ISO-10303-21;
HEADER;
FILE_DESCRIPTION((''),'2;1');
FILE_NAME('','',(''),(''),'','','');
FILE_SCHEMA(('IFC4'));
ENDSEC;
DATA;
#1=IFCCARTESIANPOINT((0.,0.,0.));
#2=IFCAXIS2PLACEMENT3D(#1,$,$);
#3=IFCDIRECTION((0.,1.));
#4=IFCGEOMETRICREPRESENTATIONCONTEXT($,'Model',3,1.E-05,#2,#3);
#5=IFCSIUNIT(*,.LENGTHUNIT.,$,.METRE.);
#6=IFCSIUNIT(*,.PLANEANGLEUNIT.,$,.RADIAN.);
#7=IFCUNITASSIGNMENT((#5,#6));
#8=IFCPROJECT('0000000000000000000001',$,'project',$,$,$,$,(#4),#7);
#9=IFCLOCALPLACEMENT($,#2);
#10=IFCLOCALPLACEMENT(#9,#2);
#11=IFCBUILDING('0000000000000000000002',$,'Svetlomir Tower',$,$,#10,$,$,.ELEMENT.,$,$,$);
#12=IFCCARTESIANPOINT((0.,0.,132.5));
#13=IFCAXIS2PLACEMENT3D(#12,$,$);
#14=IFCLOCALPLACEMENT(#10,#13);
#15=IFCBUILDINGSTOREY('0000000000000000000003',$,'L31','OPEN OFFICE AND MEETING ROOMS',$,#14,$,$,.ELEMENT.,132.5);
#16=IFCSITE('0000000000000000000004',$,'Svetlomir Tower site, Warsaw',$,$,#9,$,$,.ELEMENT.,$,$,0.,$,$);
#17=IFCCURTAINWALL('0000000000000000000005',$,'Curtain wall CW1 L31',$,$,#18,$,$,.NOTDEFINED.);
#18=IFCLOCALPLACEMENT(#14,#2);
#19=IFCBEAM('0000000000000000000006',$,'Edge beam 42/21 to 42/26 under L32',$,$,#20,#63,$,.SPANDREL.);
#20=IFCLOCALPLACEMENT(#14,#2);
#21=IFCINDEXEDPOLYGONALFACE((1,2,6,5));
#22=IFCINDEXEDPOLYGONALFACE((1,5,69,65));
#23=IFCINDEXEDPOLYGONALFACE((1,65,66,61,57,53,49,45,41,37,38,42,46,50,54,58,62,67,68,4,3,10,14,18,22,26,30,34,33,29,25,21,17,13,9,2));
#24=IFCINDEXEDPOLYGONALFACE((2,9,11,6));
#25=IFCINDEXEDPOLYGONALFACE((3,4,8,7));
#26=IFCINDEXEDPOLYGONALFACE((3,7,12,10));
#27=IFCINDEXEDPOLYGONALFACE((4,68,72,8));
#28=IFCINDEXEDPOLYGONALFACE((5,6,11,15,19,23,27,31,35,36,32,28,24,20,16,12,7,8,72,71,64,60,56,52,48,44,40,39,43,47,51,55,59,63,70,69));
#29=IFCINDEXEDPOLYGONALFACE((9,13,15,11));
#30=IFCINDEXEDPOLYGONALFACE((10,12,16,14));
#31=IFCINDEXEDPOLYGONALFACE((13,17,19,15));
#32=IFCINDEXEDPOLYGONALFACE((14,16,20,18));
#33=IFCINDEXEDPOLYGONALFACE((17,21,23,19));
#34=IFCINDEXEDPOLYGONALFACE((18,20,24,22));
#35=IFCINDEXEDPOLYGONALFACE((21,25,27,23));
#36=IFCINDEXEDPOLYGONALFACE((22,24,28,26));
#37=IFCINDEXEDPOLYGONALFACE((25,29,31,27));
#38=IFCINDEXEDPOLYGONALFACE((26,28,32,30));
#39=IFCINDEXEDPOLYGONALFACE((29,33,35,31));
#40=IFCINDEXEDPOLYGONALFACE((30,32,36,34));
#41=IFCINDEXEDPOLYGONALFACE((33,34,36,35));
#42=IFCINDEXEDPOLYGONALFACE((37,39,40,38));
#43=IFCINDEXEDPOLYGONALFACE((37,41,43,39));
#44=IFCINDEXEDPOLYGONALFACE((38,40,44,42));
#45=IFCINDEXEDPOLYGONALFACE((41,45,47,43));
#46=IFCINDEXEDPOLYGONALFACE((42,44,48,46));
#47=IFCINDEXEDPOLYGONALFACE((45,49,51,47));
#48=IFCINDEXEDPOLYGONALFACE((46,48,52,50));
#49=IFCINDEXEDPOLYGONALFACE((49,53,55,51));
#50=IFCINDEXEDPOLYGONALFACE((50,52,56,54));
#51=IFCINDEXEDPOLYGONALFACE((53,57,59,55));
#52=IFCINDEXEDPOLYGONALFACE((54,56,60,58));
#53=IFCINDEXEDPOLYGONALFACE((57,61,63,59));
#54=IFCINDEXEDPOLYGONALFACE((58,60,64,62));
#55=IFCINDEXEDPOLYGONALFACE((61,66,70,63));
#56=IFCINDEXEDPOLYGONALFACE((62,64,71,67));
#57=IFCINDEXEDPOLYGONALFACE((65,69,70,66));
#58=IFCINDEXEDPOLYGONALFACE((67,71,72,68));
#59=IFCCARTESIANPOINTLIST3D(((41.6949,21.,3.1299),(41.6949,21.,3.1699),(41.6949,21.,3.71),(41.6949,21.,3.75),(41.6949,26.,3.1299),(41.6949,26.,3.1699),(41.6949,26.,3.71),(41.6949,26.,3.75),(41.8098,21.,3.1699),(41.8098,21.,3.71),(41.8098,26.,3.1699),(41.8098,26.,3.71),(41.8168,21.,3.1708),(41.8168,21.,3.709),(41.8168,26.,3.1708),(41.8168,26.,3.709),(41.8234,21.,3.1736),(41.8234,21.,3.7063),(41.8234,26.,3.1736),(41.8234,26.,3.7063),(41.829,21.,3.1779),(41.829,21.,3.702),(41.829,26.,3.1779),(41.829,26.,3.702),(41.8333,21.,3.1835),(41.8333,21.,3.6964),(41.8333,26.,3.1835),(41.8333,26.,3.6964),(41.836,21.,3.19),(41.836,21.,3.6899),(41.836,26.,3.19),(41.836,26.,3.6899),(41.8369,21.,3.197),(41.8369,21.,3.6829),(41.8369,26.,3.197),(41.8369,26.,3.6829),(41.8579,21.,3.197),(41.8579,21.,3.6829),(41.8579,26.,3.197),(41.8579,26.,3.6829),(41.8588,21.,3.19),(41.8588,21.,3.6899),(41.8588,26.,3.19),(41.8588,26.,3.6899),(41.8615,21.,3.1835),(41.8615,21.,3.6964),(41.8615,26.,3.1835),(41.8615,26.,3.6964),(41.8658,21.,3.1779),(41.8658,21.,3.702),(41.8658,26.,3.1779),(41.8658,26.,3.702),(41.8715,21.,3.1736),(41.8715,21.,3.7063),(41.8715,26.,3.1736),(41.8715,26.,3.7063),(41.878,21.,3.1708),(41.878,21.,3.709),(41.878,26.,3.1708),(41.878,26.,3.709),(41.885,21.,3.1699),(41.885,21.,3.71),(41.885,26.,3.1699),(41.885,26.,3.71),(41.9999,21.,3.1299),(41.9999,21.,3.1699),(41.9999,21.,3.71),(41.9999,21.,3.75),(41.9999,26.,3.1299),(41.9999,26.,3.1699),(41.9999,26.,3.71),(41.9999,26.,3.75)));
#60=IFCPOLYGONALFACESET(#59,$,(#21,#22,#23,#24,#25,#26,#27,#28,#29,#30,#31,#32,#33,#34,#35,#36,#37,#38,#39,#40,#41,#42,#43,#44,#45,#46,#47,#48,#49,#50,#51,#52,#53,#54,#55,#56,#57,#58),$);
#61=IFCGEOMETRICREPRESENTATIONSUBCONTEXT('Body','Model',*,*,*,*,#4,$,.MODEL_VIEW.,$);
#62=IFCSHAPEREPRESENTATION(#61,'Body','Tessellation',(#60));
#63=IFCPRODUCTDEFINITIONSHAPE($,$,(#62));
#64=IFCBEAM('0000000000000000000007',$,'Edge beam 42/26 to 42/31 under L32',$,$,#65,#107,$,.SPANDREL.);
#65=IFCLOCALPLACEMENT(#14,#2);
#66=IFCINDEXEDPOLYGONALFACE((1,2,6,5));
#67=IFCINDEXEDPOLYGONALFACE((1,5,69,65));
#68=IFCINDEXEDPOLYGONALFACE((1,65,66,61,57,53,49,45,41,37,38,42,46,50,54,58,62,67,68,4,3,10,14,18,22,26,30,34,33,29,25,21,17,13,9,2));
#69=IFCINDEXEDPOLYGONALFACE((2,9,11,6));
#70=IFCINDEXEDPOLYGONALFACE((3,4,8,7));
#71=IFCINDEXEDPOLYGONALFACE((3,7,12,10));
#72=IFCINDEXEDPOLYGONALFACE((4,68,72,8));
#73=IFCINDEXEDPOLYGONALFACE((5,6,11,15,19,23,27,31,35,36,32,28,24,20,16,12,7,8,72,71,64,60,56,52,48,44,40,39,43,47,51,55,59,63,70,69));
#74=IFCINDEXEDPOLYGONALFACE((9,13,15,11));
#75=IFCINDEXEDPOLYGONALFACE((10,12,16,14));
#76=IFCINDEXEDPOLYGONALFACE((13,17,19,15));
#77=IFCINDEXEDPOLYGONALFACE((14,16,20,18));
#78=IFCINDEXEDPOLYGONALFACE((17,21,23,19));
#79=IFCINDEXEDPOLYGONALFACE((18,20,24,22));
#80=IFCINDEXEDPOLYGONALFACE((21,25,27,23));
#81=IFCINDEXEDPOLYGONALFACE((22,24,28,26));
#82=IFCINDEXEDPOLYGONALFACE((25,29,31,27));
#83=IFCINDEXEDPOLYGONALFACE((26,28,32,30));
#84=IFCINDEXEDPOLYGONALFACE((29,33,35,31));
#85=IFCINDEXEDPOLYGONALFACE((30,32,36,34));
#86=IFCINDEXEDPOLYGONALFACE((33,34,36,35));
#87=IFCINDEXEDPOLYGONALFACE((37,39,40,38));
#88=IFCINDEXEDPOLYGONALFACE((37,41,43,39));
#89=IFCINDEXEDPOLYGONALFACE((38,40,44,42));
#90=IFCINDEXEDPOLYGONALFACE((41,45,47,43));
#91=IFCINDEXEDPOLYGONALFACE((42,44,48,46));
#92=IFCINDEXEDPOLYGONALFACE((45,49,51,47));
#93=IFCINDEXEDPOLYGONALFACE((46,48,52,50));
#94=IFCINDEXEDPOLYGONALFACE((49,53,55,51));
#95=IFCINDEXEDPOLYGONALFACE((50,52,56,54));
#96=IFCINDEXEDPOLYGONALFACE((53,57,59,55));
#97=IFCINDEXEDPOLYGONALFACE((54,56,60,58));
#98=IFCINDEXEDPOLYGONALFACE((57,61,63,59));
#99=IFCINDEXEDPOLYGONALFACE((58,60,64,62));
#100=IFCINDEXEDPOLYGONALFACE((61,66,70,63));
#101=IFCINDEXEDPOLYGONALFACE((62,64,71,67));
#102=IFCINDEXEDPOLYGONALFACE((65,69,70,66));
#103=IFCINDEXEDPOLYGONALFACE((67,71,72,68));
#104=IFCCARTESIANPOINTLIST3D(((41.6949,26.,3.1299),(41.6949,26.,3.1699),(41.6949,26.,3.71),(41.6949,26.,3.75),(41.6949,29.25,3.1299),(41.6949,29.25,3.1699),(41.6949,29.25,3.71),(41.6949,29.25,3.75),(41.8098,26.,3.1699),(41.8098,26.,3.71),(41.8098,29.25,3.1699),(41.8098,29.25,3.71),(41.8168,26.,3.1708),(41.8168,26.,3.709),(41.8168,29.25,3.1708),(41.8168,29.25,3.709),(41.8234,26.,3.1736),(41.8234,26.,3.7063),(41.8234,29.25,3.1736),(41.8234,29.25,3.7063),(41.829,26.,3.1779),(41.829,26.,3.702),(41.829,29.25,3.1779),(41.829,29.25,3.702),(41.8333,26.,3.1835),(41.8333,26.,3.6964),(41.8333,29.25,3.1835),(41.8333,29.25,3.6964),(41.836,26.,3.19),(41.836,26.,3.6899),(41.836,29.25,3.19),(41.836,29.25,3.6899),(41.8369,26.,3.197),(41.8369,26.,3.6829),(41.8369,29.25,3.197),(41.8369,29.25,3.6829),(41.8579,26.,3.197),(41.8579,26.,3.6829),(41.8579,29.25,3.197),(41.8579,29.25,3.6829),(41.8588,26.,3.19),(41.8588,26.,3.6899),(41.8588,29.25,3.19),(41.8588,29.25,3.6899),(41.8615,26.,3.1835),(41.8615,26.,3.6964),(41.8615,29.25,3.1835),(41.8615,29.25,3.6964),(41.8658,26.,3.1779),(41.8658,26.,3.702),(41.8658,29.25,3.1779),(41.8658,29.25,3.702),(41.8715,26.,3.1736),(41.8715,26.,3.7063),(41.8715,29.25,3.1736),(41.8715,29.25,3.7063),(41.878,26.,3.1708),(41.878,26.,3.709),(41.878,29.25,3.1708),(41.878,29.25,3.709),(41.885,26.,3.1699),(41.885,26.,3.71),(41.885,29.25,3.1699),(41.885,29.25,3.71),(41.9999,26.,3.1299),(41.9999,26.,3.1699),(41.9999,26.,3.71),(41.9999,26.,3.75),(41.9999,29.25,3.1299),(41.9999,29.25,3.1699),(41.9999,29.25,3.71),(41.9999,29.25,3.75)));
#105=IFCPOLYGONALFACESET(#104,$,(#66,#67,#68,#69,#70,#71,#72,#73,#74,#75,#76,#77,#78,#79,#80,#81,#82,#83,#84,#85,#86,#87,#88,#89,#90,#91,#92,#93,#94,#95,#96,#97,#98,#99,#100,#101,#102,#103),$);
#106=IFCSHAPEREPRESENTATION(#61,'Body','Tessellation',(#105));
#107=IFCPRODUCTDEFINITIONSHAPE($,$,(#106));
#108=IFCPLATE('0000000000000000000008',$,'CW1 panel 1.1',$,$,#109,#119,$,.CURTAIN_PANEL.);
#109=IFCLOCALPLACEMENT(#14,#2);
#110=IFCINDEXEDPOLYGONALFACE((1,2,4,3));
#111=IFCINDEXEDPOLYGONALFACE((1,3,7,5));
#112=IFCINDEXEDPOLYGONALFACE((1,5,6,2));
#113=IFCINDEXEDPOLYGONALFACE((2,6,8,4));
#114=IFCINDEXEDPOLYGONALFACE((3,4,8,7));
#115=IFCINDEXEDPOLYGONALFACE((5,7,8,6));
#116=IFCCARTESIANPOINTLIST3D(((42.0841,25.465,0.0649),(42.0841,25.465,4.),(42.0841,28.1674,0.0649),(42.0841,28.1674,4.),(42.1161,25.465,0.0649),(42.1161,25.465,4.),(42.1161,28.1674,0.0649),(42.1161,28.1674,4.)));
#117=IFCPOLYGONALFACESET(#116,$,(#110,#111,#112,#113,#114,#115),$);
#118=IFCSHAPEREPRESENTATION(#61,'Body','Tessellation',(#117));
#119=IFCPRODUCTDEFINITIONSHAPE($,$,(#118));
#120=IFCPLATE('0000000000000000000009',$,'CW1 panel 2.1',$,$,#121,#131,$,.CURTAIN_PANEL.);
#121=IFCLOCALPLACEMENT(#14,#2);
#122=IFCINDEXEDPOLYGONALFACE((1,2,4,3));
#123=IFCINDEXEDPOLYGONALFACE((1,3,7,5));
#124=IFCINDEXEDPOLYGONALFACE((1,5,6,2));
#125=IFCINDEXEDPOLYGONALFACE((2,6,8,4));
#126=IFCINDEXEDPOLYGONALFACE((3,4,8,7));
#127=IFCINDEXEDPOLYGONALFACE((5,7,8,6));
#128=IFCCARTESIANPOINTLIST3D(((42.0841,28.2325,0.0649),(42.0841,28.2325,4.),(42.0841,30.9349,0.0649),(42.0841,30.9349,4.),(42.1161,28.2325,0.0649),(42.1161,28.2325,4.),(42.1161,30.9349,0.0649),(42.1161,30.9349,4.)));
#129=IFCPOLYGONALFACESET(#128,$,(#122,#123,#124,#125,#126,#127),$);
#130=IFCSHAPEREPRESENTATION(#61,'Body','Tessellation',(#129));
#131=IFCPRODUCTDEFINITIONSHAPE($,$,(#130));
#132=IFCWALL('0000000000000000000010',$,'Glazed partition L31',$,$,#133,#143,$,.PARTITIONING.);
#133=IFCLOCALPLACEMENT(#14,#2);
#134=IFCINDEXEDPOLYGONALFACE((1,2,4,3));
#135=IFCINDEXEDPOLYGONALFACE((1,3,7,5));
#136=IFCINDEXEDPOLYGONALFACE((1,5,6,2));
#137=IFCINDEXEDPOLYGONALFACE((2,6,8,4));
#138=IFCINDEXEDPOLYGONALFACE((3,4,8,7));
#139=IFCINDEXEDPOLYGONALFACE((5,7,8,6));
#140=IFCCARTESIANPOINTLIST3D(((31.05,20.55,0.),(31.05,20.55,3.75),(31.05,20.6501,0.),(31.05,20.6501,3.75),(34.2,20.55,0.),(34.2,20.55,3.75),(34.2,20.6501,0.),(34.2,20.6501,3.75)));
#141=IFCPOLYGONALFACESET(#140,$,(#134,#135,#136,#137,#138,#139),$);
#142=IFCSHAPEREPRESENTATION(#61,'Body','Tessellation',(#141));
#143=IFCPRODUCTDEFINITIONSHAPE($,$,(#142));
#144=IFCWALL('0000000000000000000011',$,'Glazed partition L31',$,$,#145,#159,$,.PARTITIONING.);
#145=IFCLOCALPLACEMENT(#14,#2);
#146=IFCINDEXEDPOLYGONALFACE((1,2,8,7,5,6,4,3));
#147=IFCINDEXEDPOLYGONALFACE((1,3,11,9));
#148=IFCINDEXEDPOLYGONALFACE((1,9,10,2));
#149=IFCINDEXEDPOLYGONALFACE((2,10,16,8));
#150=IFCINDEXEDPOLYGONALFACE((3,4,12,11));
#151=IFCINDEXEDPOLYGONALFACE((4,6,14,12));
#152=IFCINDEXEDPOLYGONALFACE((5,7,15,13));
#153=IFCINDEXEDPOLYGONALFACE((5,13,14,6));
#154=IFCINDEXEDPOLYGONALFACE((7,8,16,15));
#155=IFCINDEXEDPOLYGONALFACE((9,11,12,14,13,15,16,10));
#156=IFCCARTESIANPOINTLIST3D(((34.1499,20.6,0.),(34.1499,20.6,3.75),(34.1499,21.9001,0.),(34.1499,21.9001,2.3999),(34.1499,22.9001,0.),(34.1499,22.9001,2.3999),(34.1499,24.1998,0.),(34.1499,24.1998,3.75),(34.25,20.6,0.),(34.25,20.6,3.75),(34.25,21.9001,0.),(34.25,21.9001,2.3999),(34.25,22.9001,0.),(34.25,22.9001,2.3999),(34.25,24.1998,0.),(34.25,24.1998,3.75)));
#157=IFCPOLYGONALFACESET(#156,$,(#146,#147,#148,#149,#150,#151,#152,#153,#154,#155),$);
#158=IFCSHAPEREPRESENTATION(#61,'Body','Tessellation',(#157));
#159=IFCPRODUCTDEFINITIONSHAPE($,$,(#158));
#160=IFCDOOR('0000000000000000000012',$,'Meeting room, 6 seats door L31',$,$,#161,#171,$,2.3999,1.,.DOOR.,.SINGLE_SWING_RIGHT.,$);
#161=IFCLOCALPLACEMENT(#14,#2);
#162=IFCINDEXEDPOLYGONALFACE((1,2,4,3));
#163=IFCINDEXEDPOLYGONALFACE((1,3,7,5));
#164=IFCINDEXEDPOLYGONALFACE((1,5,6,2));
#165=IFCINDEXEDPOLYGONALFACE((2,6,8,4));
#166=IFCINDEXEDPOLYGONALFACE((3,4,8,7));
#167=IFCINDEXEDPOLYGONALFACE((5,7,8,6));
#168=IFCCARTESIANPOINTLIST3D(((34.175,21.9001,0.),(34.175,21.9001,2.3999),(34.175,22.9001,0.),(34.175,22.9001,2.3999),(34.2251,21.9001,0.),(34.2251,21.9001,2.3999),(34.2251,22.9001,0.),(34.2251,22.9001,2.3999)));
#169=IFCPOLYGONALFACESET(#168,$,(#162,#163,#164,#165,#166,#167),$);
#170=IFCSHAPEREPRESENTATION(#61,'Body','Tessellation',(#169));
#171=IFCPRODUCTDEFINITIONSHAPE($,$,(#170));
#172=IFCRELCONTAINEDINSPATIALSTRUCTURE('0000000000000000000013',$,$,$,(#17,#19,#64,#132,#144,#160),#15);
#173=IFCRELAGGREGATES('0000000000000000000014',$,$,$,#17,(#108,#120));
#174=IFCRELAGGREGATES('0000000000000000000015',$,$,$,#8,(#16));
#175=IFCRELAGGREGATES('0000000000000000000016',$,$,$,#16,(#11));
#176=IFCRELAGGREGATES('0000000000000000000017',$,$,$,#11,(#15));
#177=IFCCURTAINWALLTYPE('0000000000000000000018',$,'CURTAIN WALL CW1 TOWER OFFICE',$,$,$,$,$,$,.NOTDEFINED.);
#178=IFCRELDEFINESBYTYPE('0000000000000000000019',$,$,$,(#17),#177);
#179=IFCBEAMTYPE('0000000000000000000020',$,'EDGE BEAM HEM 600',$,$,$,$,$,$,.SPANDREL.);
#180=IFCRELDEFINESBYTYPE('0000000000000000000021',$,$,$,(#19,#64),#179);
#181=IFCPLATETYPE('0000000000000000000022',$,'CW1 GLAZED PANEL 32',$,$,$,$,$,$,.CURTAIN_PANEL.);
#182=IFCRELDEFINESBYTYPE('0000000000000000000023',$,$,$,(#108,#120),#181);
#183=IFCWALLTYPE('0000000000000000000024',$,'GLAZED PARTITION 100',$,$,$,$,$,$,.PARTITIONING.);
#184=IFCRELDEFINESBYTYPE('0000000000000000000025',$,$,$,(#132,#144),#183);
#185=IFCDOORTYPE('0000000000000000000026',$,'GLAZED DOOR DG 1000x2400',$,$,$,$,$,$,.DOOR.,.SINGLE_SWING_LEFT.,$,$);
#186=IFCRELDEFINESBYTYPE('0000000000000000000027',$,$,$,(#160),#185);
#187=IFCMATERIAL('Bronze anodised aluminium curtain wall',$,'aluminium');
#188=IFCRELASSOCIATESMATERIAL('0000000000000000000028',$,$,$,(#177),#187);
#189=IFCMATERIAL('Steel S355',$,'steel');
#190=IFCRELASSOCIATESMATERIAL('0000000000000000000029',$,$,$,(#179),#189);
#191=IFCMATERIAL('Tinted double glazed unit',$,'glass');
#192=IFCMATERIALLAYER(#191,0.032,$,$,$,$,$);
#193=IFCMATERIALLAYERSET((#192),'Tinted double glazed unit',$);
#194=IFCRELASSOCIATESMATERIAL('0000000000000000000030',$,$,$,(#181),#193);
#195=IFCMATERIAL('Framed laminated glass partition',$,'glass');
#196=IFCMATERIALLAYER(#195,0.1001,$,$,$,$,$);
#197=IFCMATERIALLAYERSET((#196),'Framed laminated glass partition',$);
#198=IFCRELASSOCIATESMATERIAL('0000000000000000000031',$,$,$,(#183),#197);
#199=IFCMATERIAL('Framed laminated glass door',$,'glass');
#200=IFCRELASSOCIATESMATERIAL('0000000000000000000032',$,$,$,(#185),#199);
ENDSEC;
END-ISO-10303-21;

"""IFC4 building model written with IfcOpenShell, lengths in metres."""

from ifc_helpers import new_model, si_unit, direction, frame, frame_2d, origin, origin_2d, place, context, subcontext, project, spatial, rectangle, i_section, extrude, material, layer, layer_set, material_profile, profile_set, type_object, element, fill, aggregate, save


model = new_model("IFC4")

# Units and contexts
model_context = context("Model", 3, precision=1e-05, world=origin(), true_north=direction((0.0, 1.0)))
body_context = subcontext(model_context, "Body", "Model", "MODEL_VIEW")
ifc_project = project(units=[si_unit("LENGTHUNIT", "METRE"), si_unit("PLANEANGLEUNIT", "RADIAN")], contexts=[model_context])

# Site, building, storey
site_placement = place(None, origin())
site = spatial("IfcSite", under=ifc_project, at=site_placement, Name="Svetlomir Tower site, Warsaw", CompositionType="ELEMENT", RefElevation=0.0)
building_placement = place(site_placement, origin())
building = spatial("IfcBuilding", under=site, at=building_placement, Name="Svetlomir Tower", CompositionType="ELEMENT")
storey_placement = place(building_placement, frame((0.0, 0.0, 132.5)))
storey = spatial("IfcBuildingStorey", under=building, at=storey_placement, Name="L31", Description="OPEN OFFICE AND MEETING ROOMS", CompositionType="ELEMENT", Elevation=132.5)

# Curtain wall
ifc_material_1 = material(Name="Bronze anodised aluminium curtain wall", Category="aluminium")
curtain_wall_type = type_object("IfcCurtainWallType", Name="CURTAIN WALL CW1 TOWER OFFICE", PredefinedType="NOTDEFINED", material=ifc_material_1)
curtain_wall_1_placement = place(storey_placement, origin())
curtain_wall_1 = element("IfcCurtainWall", 1, at=curtain_wall_1_placement, inside=storey, type_object=curtain_wall_type, Name="Curtain wall CW1 L31", PredefinedType="NOTDEFINED")

# Beams
ifc_material_2 = material(Name="Steel S355", Category="steel")
ifc_material_profile_1 = material_profile(ifc_material_2, i_section(OverallWidth=0.3049, OverallDepth=0.6201, WebThickness=0.021, FlangeThickness=0.04, FilletRadius=0.0271, at=origin_2d()), Name="HEM 600")
ifc_profile_set_1 = profile_set([ifc_material_profile_1], Name="Steel S355")
beam_type_1 = type_object("IfcBeamType", Name="EDGE BEAM HEM 600", PredefinedType="SPANDREL", material=ifc_profile_set_1)
beam_1_placement = place(storey_placement, frame((41.8474, 21.0, 3.4399), z_axis=(0.0, 1.0, 0.0), x_axis=(-1.0, 0.0, 0.0)))
element("IfcBeam", 2, at=beam_1_placement, inside=storey, type_object=beam_type_1, Name="Edge beam 42/21 to 42/26 under L32", PredefinedType="SPANDREL", context=body_context, shape_type="SweptSolid", body=[
    extrude(i_section(OverallWidth=0.3049, OverallDepth=0.6201, WebThickness=0.021, FlangeThickness=0.04, FilletRadius=0.0271, at=origin_2d()), origin(), (0.0, 0.0, 1.0), 5.0),
])
beam_2_placement = place(storey_placement, frame((41.8474, 26.0, 3.4399), z_axis=(0.0, 1.0, 0.0), x_axis=(-1.0, 0.0, 0.0)))
element("IfcBeam", 3, at=beam_2_placement, inside=storey, type_object=beam_type_1, Name="Edge beam 42/26 to 42/31 under L32", PredefinedType="SPANDREL", context=body_context, shape_type="SweptSolid", body=[
    extrude(i_section(OverallWidth=0.3049, OverallDepth=0.6201, WebThickness=0.021, FlangeThickness=0.04, FilletRadius=0.0271, at=origin_2d()), origin(), (0.0, 0.0, 1.0), 3.25),
])

# Plates
ifc_material_3 = material(Name="Tinted double glazed unit", Category="glass")
ifc_layer_1 = layer(ifc_material_3, 0.032)
ifc_layer_set_1 = layer_set([ifc_layer_1], Name="Tinted double glazed unit")
plate_type = type_object("IfcPlateType", Name="CW1 GLAZED PANEL 32", PredefinedType="CURTAIN_PANEL", material=ifc_layer_set_1)
plate_1_placement = place(storey_placement, frame((42.1001, 26.8162, 0.0649), z_axis=(0.0, 0.0, 1.0), x_axis=(0.0, 1.0, 0.0)))
plate_1 = element("IfcPlate", 4, at=plate_1_placement, type_object=plate_type, Name="CW1 panel 1.1", PredefinedType="CURTAIN_PANEL", context=body_context, shape_type="SweptSolid", body=[
    extrude(rectangle(XDim=2.7024, YDim=0.032, at=origin_2d()), origin(), (0.0, 0.0, 1.0), 3.9351),
])
plate_2_placement = place(storey_placement, frame((42.1001, 29.5837, 0.0649), z_axis=(0.0, 0.0, 1.0), x_axis=(0.0, 1.0, 0.0)))
plate_2 = element("IfcPlate", 5, at=plate_2_placement, type_object=plate_type, Name="CW1 panel 2.1", PredefinedType="CURTAIN_PANEL", context=body_context, shape_type="SweptSolid", body=[
    extrude(rectangle(XDim=2.7024, YDim=0.032, at=origin_2d()), origin(), (0.0, 0.0, 1.0), 3.9351),
])
aggregate(curtain_wall_1, [plate_1, plate_2])

# Wall
ifc_material_4 = material(Name="Framed laminated glass partition", Category="glass")
ifc_layer_2 = layer(ifc_material_4, 0.1001)
ifc_layer_set_2 = layer_set([ifc_layer_2], Name="Framed laminated glass partition")
wall_type_1 = type_object("IfcWallType", Name="GLAZED PARTITION 100", PredefinedType="PARTITIONING", material=ifc_layer_set_2)
wall_1_placement = place(storey_placement, frame((31.05, 20.6001, 0.0), z_axis=(0.0, 0.0, 1.0), x_axis=(1.0, 0.0, 0.0)))
element("IfcWall", 6, at=wall_1_placement, inside=storey, type_object=wall_type_1, Name="Glazed partition L31", PredefinedType="PARTITIONING", context=body_context, shape_type="SweptSolid", body=[
    extrude(rectangle(XDim=3.1499, YDim=0.1001, at=frame_2d((1.575, 0.0))), origin(), (0.0, 0.0, 1.0), 3.75),
])

# Wall, opening, door
wall_2_placement = place(storey_placement, frame((34.2, 20.6001, 0.0), z_axis=(0.0, 0.0, 1.0), x_axis=(0.0, 1.0, 0.0)))
wall_2 = element("IfcWall", 7, at=wall_2_placement, inside=storey, type_object=wall_type_1, Name="Glazed partition L31", PredefinedType="PARTITIONING", context=body_context, shape_type="SweptSolid", body=[
    extrude(rectangle(XDim=3.5999, YDim=0.1001, at=frame_2d((1.7998, 0.0))), origin(), (0.0, 0.0, 1.0), 3.75),
])
opening_1_placement = place(wall_2_placement, frame((1.3, 0.0, 0.0)))
opening_1 = element("IfcOpeningElement", 8, at=opening_1_placement, cuts=wall_2, PredefinedType="OPENING", context=body_context, shape_type="SweptSolid", body=[
    extrude(rectangle(XDim=1.0, YDim=2.3999, at=frame_2d((0.5, 1.2))), frame((0.0, 0.0601, 0.0), z_axis=(0.0, -1.0, 0.0), x_axis=(1.0, 0.0, 0.0)), (0.0, 0.0, 1.0), 0.1201),
])
ifc_material_5 = material(Name="Framed laminated glass door", Category="glass")
door_type_1 = type_object("IfcDoorType", Name="GLAZED DOOR DG 1000x2400", OperationType="SINGLE_SWING_LEFT", PredefinedType="DOOR", material=ifc_material_5)
door_1_placement = place(opening_1_placement, origin())
door_1 = element("IfcDoor", 9, at=door_1_placement, inside=storey, type_object=door_type_1, Name="Meeting room, 6 seats door L31", OperationType="SINGLE_SWING_RIGHT", OverallHeight=2.3999, OverallWidth=1.0, PredefinedType="DOOR", context=body_context, shape_type="SweptSolid", body=[
    extrude(rectangle(XDim=1.0, YDim=2.3999, at=frame_2d((0.5, 1.2))), frame((0.0, 0.0249, 0.0), z_axis=(0.0, -1.0, 0.0), x_axis=(1.0, 0.0, 0.0)), (0.0, 0.0, 1.0), 0.05),
])
fill(opening_1, door_1)

save(model, "model.ifc")
